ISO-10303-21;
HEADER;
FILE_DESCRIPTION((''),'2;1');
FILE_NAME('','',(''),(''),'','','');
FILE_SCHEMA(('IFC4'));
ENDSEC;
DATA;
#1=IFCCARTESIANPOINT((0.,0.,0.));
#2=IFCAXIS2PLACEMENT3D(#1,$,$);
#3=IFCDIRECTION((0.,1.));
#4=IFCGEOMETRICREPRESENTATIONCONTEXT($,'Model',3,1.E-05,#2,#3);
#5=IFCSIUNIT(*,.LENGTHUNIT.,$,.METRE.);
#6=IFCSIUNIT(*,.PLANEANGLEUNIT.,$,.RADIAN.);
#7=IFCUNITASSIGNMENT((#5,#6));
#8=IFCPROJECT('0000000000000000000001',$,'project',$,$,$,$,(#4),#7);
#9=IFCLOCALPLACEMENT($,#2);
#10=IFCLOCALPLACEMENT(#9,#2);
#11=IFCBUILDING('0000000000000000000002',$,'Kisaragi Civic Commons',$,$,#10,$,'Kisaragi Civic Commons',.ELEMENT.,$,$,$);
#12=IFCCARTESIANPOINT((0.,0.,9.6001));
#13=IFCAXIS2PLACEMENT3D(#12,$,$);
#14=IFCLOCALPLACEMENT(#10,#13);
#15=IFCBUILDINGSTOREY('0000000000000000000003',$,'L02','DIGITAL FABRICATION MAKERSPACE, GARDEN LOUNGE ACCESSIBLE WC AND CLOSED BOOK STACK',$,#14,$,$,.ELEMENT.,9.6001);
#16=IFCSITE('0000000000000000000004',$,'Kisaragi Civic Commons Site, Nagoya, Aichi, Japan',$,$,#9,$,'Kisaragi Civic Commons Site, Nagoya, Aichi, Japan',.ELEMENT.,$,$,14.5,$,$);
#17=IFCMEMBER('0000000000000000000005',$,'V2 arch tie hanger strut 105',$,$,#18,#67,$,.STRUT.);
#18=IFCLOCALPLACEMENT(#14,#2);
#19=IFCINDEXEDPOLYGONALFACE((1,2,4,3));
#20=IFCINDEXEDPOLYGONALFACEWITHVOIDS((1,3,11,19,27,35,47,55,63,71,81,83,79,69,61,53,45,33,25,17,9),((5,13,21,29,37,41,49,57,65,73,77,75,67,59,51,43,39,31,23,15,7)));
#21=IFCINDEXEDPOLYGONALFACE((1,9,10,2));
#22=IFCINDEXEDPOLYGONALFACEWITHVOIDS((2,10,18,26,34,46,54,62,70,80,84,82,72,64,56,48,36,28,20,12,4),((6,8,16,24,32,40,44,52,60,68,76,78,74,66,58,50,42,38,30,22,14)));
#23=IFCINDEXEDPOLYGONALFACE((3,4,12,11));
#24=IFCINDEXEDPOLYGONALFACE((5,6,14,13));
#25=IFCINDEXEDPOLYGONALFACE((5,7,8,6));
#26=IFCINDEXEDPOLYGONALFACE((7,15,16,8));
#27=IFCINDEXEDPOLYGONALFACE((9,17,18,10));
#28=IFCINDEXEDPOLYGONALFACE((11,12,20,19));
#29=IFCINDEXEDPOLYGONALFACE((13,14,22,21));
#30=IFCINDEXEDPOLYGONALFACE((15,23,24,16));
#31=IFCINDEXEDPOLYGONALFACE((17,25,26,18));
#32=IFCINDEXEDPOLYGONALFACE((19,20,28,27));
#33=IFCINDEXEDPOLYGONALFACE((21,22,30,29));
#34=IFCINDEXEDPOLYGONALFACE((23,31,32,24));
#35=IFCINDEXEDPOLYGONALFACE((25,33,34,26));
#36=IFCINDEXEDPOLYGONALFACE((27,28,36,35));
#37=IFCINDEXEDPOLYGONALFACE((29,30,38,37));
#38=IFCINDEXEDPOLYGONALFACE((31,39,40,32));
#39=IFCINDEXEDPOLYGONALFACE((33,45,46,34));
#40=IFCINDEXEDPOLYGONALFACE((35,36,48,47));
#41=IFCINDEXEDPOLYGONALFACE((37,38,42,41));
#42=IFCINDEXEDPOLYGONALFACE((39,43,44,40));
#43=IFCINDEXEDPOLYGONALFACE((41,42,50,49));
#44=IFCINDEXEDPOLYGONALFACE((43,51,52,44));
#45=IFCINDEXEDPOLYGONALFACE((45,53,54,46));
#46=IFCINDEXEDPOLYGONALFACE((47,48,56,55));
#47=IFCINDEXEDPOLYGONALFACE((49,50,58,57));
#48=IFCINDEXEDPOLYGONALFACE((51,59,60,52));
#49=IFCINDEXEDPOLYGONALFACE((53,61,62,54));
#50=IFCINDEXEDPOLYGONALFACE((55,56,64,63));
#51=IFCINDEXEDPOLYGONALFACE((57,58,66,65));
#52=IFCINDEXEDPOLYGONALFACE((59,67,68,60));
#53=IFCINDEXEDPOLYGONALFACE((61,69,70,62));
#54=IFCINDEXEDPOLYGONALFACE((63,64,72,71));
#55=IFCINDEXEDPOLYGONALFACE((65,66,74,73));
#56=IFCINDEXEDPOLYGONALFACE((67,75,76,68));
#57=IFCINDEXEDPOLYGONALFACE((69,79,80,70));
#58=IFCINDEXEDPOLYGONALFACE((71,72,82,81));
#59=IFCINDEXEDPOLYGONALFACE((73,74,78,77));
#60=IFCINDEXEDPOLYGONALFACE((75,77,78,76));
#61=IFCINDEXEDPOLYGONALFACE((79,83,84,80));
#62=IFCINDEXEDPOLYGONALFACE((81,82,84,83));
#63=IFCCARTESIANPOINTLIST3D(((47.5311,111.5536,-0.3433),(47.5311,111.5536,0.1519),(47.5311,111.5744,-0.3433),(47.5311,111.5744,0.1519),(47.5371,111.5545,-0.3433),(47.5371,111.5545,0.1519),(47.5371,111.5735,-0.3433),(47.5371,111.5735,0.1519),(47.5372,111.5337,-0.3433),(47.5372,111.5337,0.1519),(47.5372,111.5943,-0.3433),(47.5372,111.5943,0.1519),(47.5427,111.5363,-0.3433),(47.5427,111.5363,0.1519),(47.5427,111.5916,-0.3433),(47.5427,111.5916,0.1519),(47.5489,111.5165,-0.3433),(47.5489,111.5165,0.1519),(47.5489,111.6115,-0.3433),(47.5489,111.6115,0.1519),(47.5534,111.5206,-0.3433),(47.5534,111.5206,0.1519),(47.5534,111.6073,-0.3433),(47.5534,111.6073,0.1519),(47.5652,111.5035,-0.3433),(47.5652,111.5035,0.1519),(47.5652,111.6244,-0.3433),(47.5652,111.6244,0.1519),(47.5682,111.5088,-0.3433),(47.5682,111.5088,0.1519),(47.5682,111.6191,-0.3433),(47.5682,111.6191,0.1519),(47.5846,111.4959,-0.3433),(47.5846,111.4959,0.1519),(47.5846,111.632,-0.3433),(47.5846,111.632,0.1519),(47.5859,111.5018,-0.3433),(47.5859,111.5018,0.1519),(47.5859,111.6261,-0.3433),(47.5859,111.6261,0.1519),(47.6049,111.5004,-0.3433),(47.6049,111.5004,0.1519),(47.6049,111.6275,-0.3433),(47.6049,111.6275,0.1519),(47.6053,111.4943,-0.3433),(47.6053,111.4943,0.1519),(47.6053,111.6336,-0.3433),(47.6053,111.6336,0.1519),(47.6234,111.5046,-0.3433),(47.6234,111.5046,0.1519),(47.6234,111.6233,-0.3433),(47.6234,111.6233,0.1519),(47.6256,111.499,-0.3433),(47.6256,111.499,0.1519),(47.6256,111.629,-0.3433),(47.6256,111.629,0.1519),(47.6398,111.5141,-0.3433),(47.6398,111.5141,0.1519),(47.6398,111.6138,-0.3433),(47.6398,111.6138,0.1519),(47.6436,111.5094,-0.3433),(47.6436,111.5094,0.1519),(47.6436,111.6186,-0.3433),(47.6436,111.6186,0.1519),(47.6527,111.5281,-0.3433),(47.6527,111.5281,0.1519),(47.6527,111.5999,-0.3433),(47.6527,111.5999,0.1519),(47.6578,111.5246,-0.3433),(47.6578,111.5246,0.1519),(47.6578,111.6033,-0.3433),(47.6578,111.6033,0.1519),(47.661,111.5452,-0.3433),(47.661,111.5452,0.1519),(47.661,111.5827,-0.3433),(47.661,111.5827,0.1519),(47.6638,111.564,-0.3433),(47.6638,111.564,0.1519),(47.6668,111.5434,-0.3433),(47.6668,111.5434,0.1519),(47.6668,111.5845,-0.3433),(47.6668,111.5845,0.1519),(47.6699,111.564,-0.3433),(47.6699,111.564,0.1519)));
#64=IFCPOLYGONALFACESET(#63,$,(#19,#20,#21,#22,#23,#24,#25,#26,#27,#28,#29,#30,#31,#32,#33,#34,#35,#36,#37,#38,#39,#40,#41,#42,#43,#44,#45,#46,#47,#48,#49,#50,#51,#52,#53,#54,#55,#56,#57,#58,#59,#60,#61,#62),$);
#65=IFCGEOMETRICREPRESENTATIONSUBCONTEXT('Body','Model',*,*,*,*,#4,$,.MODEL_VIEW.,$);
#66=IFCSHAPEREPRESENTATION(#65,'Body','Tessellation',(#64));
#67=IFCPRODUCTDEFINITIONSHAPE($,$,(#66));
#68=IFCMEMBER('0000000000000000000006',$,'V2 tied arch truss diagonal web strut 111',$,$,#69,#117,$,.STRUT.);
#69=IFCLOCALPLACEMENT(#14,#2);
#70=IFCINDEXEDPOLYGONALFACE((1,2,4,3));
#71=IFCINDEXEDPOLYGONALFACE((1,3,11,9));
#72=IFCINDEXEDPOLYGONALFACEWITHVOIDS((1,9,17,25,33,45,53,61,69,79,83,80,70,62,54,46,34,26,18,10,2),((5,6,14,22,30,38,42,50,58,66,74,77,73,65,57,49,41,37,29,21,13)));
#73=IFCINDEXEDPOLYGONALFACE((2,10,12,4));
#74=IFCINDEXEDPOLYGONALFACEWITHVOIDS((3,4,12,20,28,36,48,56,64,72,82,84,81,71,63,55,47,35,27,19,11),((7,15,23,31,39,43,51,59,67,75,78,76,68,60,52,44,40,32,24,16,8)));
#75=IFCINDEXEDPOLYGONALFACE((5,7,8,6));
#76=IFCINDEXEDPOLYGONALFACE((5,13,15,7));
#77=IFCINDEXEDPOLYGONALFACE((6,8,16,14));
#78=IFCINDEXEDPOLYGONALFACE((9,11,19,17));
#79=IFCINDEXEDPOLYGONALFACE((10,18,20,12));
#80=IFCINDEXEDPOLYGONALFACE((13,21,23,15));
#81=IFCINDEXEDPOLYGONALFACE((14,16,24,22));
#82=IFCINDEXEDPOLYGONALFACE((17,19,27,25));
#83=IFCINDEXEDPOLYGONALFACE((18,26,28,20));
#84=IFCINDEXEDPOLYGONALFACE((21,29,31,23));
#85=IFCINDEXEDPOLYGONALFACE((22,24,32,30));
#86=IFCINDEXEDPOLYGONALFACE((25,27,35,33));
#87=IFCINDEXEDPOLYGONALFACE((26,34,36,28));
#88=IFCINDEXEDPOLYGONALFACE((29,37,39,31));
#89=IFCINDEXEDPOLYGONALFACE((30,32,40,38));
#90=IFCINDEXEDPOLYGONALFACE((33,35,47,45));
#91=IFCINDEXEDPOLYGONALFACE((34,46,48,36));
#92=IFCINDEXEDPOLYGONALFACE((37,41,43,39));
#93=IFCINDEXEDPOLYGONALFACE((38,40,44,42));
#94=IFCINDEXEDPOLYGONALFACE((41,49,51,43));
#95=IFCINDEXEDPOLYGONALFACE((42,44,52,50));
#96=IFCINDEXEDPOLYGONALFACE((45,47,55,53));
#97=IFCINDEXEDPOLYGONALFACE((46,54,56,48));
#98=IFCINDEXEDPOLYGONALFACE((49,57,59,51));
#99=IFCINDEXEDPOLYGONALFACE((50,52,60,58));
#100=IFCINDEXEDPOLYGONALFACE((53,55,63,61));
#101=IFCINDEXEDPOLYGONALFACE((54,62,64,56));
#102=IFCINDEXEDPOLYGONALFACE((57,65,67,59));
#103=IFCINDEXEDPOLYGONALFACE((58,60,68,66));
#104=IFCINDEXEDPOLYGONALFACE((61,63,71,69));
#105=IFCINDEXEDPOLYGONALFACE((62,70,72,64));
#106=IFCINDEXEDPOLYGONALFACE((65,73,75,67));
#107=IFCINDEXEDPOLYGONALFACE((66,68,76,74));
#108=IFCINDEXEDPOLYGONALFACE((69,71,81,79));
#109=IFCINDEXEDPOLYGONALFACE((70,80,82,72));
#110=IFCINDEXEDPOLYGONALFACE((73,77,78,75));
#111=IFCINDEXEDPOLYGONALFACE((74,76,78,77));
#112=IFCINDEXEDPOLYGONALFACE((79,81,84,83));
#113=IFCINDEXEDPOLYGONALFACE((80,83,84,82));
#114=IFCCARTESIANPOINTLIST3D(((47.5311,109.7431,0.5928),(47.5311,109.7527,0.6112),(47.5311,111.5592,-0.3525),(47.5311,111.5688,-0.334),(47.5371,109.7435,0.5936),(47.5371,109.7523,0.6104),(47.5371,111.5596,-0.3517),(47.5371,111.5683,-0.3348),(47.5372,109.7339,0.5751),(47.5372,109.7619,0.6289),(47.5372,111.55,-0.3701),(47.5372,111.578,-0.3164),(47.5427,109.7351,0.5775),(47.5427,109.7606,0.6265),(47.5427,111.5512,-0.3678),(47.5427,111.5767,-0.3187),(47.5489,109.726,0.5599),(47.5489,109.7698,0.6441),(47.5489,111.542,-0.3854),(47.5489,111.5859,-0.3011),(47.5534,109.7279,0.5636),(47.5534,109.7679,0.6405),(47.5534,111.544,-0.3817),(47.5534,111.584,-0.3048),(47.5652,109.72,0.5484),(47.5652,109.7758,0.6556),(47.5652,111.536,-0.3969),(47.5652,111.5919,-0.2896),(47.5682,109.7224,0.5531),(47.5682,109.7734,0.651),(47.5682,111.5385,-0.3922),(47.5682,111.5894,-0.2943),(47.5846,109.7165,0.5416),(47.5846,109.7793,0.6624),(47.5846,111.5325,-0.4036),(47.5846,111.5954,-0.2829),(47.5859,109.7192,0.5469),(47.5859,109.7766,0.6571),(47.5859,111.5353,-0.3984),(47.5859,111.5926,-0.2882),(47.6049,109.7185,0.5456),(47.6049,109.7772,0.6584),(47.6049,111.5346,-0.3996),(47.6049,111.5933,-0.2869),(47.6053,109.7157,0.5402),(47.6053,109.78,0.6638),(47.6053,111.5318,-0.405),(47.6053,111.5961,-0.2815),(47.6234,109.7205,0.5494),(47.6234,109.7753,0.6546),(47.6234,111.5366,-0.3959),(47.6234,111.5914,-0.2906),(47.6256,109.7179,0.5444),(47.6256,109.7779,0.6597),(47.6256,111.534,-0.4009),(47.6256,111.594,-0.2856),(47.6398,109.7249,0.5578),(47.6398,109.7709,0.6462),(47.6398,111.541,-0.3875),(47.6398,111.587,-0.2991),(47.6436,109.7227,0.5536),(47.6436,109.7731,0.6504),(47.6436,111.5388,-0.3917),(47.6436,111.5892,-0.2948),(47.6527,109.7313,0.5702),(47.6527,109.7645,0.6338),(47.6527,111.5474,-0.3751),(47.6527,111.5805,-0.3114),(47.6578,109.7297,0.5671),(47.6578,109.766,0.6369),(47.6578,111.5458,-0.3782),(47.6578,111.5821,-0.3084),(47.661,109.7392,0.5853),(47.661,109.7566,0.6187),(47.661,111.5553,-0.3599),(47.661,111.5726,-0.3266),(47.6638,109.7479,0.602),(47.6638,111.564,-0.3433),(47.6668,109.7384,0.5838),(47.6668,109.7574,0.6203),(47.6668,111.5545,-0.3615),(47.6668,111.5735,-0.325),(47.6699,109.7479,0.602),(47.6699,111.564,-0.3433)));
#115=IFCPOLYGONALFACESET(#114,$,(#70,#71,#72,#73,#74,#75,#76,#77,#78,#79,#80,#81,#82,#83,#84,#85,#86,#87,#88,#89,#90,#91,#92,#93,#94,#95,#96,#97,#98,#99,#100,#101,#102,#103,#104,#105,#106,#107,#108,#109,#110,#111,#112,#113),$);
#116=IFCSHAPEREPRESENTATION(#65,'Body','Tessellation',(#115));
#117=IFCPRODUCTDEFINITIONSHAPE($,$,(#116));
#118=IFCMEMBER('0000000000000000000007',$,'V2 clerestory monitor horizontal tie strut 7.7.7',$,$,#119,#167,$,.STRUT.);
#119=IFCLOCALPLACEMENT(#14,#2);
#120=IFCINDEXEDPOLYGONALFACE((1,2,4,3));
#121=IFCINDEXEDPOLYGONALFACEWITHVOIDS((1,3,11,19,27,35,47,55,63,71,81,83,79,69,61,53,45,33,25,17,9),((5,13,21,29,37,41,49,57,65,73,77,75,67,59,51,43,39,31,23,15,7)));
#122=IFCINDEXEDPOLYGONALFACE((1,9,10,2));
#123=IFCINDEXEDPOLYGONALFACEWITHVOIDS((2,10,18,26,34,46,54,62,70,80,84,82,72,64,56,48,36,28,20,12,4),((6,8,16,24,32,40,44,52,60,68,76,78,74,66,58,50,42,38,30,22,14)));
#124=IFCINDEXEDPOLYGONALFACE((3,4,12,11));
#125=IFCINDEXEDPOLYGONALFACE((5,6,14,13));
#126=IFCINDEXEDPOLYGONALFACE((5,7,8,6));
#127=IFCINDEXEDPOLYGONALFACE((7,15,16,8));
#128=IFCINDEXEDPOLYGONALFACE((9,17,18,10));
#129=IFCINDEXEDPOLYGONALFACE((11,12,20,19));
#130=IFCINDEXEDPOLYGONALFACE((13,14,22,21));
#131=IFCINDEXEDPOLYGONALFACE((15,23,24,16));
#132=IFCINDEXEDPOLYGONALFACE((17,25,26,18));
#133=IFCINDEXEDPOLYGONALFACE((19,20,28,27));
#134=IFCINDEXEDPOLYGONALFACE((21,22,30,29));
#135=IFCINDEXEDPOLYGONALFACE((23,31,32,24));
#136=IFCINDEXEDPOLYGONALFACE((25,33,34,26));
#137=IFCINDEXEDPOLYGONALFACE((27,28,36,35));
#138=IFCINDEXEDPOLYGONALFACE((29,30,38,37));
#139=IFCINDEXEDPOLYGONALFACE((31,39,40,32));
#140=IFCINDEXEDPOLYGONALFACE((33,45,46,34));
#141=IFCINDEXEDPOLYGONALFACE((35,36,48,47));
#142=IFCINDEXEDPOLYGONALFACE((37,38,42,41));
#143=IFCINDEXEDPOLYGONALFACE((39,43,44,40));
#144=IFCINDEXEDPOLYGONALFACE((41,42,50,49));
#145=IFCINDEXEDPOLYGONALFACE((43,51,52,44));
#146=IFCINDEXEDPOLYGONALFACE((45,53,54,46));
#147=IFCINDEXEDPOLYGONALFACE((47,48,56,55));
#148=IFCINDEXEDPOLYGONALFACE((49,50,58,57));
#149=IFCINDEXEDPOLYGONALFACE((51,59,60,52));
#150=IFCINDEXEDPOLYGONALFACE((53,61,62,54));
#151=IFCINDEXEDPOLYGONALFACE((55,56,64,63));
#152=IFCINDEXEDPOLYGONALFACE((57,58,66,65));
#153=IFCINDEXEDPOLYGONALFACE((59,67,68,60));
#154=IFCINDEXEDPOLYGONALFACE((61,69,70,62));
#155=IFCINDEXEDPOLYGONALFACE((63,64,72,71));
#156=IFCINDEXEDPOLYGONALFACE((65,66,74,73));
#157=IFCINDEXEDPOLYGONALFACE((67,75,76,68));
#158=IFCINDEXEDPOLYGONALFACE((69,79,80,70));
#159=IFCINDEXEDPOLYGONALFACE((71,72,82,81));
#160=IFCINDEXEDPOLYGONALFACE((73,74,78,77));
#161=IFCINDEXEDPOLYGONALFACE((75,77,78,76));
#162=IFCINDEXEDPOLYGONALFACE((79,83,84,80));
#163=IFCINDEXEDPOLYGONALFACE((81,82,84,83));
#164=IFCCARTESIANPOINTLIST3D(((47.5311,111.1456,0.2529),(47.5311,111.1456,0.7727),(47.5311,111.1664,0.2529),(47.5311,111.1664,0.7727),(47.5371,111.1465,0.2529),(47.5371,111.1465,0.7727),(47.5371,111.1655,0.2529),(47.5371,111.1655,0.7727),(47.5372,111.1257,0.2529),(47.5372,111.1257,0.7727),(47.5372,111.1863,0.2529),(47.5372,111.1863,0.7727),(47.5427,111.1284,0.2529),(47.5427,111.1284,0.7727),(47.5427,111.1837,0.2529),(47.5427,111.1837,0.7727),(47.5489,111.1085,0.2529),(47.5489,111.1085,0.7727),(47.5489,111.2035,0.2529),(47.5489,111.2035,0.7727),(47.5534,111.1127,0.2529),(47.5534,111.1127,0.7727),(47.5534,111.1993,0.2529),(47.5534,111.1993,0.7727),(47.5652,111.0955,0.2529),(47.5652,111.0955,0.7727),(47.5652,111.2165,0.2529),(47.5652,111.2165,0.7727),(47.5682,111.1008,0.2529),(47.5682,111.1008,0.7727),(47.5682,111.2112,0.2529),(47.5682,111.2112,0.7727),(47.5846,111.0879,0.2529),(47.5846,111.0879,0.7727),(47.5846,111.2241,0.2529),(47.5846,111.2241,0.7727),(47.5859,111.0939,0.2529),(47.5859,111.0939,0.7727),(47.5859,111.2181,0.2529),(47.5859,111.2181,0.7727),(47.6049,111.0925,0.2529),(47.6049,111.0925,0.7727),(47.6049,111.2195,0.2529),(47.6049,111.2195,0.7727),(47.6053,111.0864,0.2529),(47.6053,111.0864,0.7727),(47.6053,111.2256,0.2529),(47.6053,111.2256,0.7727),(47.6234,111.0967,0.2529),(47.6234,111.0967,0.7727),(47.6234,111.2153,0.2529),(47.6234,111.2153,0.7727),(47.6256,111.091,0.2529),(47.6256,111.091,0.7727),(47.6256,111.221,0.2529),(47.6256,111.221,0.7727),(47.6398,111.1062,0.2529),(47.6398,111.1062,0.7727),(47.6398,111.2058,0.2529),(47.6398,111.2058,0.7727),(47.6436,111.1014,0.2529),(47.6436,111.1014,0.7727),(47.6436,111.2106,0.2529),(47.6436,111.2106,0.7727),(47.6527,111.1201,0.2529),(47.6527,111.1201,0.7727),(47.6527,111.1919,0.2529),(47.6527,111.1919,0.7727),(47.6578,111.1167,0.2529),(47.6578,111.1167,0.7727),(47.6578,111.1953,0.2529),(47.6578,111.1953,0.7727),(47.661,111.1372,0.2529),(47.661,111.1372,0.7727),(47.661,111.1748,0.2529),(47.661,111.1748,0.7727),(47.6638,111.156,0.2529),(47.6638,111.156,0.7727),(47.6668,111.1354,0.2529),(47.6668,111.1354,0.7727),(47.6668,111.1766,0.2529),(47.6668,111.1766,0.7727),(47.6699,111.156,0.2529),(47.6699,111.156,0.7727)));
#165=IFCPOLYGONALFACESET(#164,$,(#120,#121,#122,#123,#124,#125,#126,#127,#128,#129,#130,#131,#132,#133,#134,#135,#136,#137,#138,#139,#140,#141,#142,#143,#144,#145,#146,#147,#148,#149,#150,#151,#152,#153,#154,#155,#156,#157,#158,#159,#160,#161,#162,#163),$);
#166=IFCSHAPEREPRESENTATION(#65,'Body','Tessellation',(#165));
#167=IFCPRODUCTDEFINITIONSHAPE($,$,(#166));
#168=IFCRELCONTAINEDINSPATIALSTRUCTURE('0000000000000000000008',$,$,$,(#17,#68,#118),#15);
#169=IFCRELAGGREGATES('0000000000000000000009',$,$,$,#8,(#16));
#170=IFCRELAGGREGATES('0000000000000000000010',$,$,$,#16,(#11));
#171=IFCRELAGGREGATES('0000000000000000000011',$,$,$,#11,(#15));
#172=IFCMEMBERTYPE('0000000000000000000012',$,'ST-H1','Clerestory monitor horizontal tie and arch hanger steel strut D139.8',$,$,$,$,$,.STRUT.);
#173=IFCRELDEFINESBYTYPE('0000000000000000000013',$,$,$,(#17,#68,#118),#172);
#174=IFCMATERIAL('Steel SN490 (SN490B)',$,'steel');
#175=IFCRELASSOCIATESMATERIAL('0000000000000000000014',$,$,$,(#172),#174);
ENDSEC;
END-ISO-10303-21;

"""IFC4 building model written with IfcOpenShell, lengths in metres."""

from ifc_helpers import new_model, si_unit, direction, frame, origin, origin_2d, place, context, subcontext, project, spatial, hollow_circle, extrude, material, material_profile, profile_set, type_object, element, save


model = new_model("IFC4")

# Units and contexts
model_context = context("Model", 3, precision=1e-05, world=origin(), true_north=direction((0.0, 1.0)))
body_context = subcontext(model_context, "Body", "Model", "MODEL_VIEW")
ifc_project = project(units=[si_unit("LENGTHUNIT", "METRE"), si_unit("PLANEANGLEUNIT", "RADIAN")], contexts=[model_context])

# Site, building, storey
site_placement = place(None, origin())
site = spatial("IfcSite", under=ifc_project, at=site_placement, Name="Kisaragi Civic Commons Site, Nagoya, Aichi, Japan", LongName="Kisaragi Civic Commons Site, Nagoya, Aichi, Japan", CompositionType="ELEMENT", RefElevation=14.5)
building_placement = place(site_placement, origin())
building = spatial("IfcBuilding", under=site, at=building_placement, Name="Kisaragi Civic Commons", LongName="Kisaragi Civic Commons", CompositionType="ELEMENT")
storey_placement = place(building_placement, frame((0.0, 0.0, 9.6001)))
storey = spatial("IfcBuildingStorey", under=building, at=storey_placement, Name="L02", Description="DIGITAL FABRICATION MAKERSPACE, GARDEN LOUNGE ACCESSIBLE WC AND CLOSED BOOK STACK", CompositionType="ELEMENT", Elevation=9.6001)

# Members
ifc_material_1 = material(Name="Steel SN490 (SN490B)", Category="steel")
ifc_material_profile_1 = material_profile(ifc_material_1, hollow_circle(Radius=0.0698, WallThickness=0.0061, at=origin_2d()), Name="CHS-139.8x6.0", Category="steel")
ifc_profile_set_1 = profile_set([ifc_material_profile_1], Name="Steel SN490 (SN490B)")
member_type_1 = type_object("IfcMemberType", Name="ST-H1", Description="Clerestory monitor horizontal tie and arch hanger steel strut D139.8", PredefinedType="STRUT", material=ifc_profile_set_1)
member_1_placement = place(storey_placement, frame((47.6001, 111.564, -0.3433), z_axis=(0.0, 0.0, 1.0), x_axis=(1.0, 0.0, 0.0)))
element("IfcMember", 1, at=member_1_placement, inside=storey, type_object=member_type_1, Name="V2 arch tie hanger strut 105", PredefinedType="STRUT", context=body_context, shape_type="SweptSolid", body=[
    extrude(hollow_circle(Radius=0.0698, WallThickness=0.0061, at=origin_2d()), origin(), (0.0, 0.0, 1.0), 0.4951),
])
member_2_placement = place(storey_placement, frame((47.6001, 111.564, -0.3433), z_axis=(0.0, -0.887035, 0.461702), x_axis=(1.0, 0.0, 0.0)))
element("IfcMember", 2, at=member_2_placement, inside=storey, type_object=member_type_1, Name="V2 tied arch truss diagonal web strut 111", PredefinedType="STRUT", context=body_context, shape_type="SweptSolid", body=[
    extrude(hollow_circle(Radius=0.0698, WallThickness=0.0061, at=origin_2d()), origin(), (0.0, 0.0, 1.0), 2.0474),
])
member_3_placement = place(storey_placement, frame((47.6001, 111.156, 0.2529), z_axis=(0.0, 0.0, 1.0), x_axis=(1.0, 0.0, 0.0)))
element("IfcMember", 3, at=member_3_placement, inside=storey, type_object=member_type_1, Name="V2 clerestory monitor horizontal tie strut 7.7.7", PredefinedType="STRUT", context=body_context, shape_type="SweptSolid", body=[
    extrude(hollow_circle(Radius=0.0698, WallThickness=0.0061, at=origin_2d()), origin(), (0.0, 0.0, 1.0), 0.5198),
])

save(model, "model.ifc")
